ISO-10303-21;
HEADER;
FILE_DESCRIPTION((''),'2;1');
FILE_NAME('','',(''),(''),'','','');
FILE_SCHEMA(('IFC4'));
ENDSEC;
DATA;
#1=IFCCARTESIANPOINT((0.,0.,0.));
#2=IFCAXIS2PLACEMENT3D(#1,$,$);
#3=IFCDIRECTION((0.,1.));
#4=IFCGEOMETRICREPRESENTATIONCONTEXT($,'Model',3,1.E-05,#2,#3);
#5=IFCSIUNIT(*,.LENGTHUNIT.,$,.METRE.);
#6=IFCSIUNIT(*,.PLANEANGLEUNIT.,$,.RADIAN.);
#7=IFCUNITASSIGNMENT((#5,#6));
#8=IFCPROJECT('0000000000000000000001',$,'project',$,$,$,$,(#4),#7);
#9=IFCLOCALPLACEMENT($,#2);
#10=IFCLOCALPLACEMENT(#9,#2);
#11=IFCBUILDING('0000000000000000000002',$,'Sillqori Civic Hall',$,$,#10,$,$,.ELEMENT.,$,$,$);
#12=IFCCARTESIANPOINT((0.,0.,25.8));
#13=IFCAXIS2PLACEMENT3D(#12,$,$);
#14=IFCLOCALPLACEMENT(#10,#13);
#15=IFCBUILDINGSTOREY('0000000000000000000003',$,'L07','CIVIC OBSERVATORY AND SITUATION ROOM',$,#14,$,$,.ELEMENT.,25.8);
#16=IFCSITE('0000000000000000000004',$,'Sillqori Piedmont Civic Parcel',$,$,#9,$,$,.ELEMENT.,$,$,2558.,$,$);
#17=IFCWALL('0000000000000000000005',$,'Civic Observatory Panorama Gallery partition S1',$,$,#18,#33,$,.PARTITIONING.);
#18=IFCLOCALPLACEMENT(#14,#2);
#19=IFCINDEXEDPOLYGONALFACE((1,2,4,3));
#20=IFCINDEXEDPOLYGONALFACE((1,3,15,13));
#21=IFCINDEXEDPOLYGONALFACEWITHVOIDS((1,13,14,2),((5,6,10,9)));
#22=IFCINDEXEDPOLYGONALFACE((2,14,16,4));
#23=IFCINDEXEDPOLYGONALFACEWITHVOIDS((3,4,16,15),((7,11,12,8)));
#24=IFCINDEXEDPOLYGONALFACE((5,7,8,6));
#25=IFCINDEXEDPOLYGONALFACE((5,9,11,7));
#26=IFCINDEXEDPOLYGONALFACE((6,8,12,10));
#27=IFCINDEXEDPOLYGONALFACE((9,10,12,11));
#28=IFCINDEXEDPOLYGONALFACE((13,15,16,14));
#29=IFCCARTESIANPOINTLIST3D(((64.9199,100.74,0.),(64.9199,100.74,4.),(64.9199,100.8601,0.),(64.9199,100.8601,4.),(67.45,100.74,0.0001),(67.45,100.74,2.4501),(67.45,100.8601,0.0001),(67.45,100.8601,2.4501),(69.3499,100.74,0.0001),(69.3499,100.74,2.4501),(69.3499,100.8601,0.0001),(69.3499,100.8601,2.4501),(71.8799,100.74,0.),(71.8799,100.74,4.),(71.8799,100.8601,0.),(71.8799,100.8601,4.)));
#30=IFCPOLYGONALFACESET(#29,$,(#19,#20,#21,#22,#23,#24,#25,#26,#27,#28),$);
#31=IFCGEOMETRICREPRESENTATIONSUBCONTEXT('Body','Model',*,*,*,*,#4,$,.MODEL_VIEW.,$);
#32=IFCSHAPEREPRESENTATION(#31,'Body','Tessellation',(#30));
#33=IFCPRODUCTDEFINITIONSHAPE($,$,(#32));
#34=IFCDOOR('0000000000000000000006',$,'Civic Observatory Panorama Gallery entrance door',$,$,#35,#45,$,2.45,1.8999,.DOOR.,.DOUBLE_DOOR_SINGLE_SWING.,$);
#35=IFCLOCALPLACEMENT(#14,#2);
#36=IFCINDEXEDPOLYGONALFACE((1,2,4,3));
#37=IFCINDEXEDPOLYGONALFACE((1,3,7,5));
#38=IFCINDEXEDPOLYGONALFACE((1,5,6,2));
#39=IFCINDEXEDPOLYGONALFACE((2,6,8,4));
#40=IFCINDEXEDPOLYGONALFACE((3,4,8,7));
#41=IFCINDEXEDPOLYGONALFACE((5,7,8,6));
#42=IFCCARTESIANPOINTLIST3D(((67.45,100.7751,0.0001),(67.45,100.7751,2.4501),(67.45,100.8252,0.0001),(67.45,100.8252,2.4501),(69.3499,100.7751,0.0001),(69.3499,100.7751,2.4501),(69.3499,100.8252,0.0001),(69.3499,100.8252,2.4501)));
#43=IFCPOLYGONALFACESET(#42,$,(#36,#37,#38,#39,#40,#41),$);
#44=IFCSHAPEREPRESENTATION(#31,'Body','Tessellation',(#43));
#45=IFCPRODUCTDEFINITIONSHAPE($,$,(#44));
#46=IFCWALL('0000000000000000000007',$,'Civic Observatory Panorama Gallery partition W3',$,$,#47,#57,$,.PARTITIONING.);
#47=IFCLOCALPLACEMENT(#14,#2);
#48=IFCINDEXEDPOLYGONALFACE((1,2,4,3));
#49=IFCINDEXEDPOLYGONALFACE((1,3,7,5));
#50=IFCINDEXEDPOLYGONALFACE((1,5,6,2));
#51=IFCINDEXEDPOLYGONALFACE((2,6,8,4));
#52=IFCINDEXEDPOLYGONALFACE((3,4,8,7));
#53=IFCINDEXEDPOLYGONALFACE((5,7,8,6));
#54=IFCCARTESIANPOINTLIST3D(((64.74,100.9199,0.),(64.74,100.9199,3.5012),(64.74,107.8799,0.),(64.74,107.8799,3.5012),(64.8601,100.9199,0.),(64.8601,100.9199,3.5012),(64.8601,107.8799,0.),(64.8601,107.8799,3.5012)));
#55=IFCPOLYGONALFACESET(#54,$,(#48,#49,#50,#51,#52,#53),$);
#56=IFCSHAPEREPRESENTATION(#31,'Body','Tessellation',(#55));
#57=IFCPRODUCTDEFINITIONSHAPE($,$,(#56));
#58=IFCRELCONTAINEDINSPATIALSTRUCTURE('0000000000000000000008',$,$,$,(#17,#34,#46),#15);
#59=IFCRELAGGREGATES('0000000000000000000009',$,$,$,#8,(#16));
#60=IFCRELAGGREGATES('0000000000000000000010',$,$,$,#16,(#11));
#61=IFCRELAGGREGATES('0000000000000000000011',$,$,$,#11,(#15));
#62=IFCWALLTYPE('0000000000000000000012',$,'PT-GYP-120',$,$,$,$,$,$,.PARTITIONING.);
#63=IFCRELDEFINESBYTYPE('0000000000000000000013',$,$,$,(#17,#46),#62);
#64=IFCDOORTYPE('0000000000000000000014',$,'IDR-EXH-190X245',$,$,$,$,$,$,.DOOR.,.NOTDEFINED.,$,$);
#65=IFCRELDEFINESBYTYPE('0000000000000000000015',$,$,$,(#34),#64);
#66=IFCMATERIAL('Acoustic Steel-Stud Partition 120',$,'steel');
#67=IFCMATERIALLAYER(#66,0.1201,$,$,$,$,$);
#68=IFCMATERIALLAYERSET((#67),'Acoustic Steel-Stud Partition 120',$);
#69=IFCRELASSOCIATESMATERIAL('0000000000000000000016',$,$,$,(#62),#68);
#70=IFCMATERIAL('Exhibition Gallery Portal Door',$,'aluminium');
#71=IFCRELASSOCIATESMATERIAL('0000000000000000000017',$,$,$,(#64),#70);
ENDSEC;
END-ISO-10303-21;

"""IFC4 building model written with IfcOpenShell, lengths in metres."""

from ifc_helpers import new_model, si_unit, direction, frame, frame_2d, origin, place, context, subcontext, project, spatial, rectangle, extrude, material, layer, layer_set, type_object, element, fill, save


model = new_model("IFC4")

# Units and contexts
model_context = context("Model", 3, precision=1e-05, world=origin(), true_north=direction((0.0, 1.0)))
body_context = subcontext(model_context, "Body", "Model", "MODEL_VIEW")
ifc_project = project(units=[si_unit("LENGTHUNIT", "METRE"), si_unit("PLANEANGLEUNIT", "RADIAN")], contexts=[model_context])

# Site, building, storey
site_placement = place(None, origin())
site = spatial("IfcSite", under=ifc_project, at=site_placement, Name="Sillqori Piedmont Civic Parcel", CompositionType="ELEMENT", RefElevation=2558.0)
building_placement = place(site_placement, origin())
building = spatial("IfcBuilding", under=site, at=building_placement, Name="Sillqori Civic Hall", CompositionType="ELEMENT")
storey_placement = place(building_placement, frame((0.0, 0.0, 25.8)))
storey = spatial("IfcBuildingStorey", under=building, at=storey_placement, Name="L07", Description="CIVIC OBSERVATORY AND SITUATION ROOM", CompositionType="ELEMENT", Elevation=25.8)

# Wall, opening, door
ifc_material_1 = material(Name="Acoustic Steel-Stud Partition 120", Category="steel")
ifc_layer_1 = layer(ifc_material_1, 0.1201)
ifc_layer_set_1 = layer_set([ifc_layer_1], Name="Acoustic Steel-Stud Partition 120")
wall_type_1 = type_object("IfcWallType", Name="PT-GYP-120", PredefinedType="PARTITIONING", material=ifc_layer_set_1)
wall_1_placement = place(storey_placement, frame((71.8799, 100.8, 0.0), z_axis=(0.0, 0.0, 1.0), x_axis=(-1.0, 0.0, 0.0)))
wall_1 = element("IfcWall", 1, at=wall_1_placement, inside=storey, type_object=wall_type_1, Name="Civic Observatory Panorama Gallery partition S1", PredefinedType="PARTITIONING", context=body_context, shape_type="SweptSolid", body=[
    extrude(rectangle(XDim=6.96, YDim=0.1201, at=frame_2d((3.48, 0.0))), origin(), (0.0, 0.0, 1.0), 4.0),
])
opening_1_placement = place(wall_1_placement, frame((2.53, 0.0, 0.0)))
opening_1 = element("IfcOpeningElement", 2, at=opening_1_placement, cuts=wall_1, PredefinedType="OPENING", context=body_context, shape_type="SweptSolid", body=[
    extrude(rectangle(XDim=1.8999, YDim=2.45, at=frame_2d((0.95, 1.2251))), frame((0.0, 0.0701, 0.0), z_axis=(0.0, -1.0, 0.0), x_axis=(1.0, 0.0, 0.0)), (0.0, 0.0, 1.0), 0.1401),
])
ifc_material_2 = material(Name="Exhibition Gallery Portal Door", Category="aluminium")
door_type_1 = type_object("IfcDoorType", Name="IDR-EXH-190X245", OperationType="NOTDEFINED", PredefinedType="DOOR", material=ifc_material_2)
door_1_placement = place(opening_1_placement, origin())
door_1 = element("IfcDoor", 3, at=door_1_placement, inside=storey, type_object=door_type_1, Name="Civic Observatory Panorama Gallery entrance door", OperationType="DOUBLE_DOOR_SINGLE_SWING", OverallHeight=2.45, OverallWidth=1.8999, PredefinedType="DOOR", context=body_context, shape_type="SweptSolid", body=[
    extrude(rectangle(XDim=1.8999, YDim=2.45, at=frame_2d((0.95, 1.2251))), frame((0.0, 0.0249, 0.0), z_axis=(0.0, -1.0, 0.0), x_axis=(1.0, 0.0, 0.0)), (0.0, 0.0, 1.0), 0.05),
])
fill(opening_1, door_1)

# Wall
wall_2_placement = place(storey_placement, frame((64.8, 100.9199, 0.0), z_axis=(0.0, 0.0, 1.0), x_axis=(0.0, 1.0, 0.0)))
element("IfcWall", 4, at=wall_2_placement, inside=storey, type_object=wall_type_1, Name="Civic Observatory Panorama Gallery partition W3", PredefinedType="PARTITIONING", context=body_context, shape_type="SweptSolid", body=[
    extrude(rectangle(XDim=6.96, YDim=0.1201, at=frame_2d((3.48, 0.0))), origin(), (0.0, 0.0, 1.0), 3.5012),
])

save(model, "model.ifc")
